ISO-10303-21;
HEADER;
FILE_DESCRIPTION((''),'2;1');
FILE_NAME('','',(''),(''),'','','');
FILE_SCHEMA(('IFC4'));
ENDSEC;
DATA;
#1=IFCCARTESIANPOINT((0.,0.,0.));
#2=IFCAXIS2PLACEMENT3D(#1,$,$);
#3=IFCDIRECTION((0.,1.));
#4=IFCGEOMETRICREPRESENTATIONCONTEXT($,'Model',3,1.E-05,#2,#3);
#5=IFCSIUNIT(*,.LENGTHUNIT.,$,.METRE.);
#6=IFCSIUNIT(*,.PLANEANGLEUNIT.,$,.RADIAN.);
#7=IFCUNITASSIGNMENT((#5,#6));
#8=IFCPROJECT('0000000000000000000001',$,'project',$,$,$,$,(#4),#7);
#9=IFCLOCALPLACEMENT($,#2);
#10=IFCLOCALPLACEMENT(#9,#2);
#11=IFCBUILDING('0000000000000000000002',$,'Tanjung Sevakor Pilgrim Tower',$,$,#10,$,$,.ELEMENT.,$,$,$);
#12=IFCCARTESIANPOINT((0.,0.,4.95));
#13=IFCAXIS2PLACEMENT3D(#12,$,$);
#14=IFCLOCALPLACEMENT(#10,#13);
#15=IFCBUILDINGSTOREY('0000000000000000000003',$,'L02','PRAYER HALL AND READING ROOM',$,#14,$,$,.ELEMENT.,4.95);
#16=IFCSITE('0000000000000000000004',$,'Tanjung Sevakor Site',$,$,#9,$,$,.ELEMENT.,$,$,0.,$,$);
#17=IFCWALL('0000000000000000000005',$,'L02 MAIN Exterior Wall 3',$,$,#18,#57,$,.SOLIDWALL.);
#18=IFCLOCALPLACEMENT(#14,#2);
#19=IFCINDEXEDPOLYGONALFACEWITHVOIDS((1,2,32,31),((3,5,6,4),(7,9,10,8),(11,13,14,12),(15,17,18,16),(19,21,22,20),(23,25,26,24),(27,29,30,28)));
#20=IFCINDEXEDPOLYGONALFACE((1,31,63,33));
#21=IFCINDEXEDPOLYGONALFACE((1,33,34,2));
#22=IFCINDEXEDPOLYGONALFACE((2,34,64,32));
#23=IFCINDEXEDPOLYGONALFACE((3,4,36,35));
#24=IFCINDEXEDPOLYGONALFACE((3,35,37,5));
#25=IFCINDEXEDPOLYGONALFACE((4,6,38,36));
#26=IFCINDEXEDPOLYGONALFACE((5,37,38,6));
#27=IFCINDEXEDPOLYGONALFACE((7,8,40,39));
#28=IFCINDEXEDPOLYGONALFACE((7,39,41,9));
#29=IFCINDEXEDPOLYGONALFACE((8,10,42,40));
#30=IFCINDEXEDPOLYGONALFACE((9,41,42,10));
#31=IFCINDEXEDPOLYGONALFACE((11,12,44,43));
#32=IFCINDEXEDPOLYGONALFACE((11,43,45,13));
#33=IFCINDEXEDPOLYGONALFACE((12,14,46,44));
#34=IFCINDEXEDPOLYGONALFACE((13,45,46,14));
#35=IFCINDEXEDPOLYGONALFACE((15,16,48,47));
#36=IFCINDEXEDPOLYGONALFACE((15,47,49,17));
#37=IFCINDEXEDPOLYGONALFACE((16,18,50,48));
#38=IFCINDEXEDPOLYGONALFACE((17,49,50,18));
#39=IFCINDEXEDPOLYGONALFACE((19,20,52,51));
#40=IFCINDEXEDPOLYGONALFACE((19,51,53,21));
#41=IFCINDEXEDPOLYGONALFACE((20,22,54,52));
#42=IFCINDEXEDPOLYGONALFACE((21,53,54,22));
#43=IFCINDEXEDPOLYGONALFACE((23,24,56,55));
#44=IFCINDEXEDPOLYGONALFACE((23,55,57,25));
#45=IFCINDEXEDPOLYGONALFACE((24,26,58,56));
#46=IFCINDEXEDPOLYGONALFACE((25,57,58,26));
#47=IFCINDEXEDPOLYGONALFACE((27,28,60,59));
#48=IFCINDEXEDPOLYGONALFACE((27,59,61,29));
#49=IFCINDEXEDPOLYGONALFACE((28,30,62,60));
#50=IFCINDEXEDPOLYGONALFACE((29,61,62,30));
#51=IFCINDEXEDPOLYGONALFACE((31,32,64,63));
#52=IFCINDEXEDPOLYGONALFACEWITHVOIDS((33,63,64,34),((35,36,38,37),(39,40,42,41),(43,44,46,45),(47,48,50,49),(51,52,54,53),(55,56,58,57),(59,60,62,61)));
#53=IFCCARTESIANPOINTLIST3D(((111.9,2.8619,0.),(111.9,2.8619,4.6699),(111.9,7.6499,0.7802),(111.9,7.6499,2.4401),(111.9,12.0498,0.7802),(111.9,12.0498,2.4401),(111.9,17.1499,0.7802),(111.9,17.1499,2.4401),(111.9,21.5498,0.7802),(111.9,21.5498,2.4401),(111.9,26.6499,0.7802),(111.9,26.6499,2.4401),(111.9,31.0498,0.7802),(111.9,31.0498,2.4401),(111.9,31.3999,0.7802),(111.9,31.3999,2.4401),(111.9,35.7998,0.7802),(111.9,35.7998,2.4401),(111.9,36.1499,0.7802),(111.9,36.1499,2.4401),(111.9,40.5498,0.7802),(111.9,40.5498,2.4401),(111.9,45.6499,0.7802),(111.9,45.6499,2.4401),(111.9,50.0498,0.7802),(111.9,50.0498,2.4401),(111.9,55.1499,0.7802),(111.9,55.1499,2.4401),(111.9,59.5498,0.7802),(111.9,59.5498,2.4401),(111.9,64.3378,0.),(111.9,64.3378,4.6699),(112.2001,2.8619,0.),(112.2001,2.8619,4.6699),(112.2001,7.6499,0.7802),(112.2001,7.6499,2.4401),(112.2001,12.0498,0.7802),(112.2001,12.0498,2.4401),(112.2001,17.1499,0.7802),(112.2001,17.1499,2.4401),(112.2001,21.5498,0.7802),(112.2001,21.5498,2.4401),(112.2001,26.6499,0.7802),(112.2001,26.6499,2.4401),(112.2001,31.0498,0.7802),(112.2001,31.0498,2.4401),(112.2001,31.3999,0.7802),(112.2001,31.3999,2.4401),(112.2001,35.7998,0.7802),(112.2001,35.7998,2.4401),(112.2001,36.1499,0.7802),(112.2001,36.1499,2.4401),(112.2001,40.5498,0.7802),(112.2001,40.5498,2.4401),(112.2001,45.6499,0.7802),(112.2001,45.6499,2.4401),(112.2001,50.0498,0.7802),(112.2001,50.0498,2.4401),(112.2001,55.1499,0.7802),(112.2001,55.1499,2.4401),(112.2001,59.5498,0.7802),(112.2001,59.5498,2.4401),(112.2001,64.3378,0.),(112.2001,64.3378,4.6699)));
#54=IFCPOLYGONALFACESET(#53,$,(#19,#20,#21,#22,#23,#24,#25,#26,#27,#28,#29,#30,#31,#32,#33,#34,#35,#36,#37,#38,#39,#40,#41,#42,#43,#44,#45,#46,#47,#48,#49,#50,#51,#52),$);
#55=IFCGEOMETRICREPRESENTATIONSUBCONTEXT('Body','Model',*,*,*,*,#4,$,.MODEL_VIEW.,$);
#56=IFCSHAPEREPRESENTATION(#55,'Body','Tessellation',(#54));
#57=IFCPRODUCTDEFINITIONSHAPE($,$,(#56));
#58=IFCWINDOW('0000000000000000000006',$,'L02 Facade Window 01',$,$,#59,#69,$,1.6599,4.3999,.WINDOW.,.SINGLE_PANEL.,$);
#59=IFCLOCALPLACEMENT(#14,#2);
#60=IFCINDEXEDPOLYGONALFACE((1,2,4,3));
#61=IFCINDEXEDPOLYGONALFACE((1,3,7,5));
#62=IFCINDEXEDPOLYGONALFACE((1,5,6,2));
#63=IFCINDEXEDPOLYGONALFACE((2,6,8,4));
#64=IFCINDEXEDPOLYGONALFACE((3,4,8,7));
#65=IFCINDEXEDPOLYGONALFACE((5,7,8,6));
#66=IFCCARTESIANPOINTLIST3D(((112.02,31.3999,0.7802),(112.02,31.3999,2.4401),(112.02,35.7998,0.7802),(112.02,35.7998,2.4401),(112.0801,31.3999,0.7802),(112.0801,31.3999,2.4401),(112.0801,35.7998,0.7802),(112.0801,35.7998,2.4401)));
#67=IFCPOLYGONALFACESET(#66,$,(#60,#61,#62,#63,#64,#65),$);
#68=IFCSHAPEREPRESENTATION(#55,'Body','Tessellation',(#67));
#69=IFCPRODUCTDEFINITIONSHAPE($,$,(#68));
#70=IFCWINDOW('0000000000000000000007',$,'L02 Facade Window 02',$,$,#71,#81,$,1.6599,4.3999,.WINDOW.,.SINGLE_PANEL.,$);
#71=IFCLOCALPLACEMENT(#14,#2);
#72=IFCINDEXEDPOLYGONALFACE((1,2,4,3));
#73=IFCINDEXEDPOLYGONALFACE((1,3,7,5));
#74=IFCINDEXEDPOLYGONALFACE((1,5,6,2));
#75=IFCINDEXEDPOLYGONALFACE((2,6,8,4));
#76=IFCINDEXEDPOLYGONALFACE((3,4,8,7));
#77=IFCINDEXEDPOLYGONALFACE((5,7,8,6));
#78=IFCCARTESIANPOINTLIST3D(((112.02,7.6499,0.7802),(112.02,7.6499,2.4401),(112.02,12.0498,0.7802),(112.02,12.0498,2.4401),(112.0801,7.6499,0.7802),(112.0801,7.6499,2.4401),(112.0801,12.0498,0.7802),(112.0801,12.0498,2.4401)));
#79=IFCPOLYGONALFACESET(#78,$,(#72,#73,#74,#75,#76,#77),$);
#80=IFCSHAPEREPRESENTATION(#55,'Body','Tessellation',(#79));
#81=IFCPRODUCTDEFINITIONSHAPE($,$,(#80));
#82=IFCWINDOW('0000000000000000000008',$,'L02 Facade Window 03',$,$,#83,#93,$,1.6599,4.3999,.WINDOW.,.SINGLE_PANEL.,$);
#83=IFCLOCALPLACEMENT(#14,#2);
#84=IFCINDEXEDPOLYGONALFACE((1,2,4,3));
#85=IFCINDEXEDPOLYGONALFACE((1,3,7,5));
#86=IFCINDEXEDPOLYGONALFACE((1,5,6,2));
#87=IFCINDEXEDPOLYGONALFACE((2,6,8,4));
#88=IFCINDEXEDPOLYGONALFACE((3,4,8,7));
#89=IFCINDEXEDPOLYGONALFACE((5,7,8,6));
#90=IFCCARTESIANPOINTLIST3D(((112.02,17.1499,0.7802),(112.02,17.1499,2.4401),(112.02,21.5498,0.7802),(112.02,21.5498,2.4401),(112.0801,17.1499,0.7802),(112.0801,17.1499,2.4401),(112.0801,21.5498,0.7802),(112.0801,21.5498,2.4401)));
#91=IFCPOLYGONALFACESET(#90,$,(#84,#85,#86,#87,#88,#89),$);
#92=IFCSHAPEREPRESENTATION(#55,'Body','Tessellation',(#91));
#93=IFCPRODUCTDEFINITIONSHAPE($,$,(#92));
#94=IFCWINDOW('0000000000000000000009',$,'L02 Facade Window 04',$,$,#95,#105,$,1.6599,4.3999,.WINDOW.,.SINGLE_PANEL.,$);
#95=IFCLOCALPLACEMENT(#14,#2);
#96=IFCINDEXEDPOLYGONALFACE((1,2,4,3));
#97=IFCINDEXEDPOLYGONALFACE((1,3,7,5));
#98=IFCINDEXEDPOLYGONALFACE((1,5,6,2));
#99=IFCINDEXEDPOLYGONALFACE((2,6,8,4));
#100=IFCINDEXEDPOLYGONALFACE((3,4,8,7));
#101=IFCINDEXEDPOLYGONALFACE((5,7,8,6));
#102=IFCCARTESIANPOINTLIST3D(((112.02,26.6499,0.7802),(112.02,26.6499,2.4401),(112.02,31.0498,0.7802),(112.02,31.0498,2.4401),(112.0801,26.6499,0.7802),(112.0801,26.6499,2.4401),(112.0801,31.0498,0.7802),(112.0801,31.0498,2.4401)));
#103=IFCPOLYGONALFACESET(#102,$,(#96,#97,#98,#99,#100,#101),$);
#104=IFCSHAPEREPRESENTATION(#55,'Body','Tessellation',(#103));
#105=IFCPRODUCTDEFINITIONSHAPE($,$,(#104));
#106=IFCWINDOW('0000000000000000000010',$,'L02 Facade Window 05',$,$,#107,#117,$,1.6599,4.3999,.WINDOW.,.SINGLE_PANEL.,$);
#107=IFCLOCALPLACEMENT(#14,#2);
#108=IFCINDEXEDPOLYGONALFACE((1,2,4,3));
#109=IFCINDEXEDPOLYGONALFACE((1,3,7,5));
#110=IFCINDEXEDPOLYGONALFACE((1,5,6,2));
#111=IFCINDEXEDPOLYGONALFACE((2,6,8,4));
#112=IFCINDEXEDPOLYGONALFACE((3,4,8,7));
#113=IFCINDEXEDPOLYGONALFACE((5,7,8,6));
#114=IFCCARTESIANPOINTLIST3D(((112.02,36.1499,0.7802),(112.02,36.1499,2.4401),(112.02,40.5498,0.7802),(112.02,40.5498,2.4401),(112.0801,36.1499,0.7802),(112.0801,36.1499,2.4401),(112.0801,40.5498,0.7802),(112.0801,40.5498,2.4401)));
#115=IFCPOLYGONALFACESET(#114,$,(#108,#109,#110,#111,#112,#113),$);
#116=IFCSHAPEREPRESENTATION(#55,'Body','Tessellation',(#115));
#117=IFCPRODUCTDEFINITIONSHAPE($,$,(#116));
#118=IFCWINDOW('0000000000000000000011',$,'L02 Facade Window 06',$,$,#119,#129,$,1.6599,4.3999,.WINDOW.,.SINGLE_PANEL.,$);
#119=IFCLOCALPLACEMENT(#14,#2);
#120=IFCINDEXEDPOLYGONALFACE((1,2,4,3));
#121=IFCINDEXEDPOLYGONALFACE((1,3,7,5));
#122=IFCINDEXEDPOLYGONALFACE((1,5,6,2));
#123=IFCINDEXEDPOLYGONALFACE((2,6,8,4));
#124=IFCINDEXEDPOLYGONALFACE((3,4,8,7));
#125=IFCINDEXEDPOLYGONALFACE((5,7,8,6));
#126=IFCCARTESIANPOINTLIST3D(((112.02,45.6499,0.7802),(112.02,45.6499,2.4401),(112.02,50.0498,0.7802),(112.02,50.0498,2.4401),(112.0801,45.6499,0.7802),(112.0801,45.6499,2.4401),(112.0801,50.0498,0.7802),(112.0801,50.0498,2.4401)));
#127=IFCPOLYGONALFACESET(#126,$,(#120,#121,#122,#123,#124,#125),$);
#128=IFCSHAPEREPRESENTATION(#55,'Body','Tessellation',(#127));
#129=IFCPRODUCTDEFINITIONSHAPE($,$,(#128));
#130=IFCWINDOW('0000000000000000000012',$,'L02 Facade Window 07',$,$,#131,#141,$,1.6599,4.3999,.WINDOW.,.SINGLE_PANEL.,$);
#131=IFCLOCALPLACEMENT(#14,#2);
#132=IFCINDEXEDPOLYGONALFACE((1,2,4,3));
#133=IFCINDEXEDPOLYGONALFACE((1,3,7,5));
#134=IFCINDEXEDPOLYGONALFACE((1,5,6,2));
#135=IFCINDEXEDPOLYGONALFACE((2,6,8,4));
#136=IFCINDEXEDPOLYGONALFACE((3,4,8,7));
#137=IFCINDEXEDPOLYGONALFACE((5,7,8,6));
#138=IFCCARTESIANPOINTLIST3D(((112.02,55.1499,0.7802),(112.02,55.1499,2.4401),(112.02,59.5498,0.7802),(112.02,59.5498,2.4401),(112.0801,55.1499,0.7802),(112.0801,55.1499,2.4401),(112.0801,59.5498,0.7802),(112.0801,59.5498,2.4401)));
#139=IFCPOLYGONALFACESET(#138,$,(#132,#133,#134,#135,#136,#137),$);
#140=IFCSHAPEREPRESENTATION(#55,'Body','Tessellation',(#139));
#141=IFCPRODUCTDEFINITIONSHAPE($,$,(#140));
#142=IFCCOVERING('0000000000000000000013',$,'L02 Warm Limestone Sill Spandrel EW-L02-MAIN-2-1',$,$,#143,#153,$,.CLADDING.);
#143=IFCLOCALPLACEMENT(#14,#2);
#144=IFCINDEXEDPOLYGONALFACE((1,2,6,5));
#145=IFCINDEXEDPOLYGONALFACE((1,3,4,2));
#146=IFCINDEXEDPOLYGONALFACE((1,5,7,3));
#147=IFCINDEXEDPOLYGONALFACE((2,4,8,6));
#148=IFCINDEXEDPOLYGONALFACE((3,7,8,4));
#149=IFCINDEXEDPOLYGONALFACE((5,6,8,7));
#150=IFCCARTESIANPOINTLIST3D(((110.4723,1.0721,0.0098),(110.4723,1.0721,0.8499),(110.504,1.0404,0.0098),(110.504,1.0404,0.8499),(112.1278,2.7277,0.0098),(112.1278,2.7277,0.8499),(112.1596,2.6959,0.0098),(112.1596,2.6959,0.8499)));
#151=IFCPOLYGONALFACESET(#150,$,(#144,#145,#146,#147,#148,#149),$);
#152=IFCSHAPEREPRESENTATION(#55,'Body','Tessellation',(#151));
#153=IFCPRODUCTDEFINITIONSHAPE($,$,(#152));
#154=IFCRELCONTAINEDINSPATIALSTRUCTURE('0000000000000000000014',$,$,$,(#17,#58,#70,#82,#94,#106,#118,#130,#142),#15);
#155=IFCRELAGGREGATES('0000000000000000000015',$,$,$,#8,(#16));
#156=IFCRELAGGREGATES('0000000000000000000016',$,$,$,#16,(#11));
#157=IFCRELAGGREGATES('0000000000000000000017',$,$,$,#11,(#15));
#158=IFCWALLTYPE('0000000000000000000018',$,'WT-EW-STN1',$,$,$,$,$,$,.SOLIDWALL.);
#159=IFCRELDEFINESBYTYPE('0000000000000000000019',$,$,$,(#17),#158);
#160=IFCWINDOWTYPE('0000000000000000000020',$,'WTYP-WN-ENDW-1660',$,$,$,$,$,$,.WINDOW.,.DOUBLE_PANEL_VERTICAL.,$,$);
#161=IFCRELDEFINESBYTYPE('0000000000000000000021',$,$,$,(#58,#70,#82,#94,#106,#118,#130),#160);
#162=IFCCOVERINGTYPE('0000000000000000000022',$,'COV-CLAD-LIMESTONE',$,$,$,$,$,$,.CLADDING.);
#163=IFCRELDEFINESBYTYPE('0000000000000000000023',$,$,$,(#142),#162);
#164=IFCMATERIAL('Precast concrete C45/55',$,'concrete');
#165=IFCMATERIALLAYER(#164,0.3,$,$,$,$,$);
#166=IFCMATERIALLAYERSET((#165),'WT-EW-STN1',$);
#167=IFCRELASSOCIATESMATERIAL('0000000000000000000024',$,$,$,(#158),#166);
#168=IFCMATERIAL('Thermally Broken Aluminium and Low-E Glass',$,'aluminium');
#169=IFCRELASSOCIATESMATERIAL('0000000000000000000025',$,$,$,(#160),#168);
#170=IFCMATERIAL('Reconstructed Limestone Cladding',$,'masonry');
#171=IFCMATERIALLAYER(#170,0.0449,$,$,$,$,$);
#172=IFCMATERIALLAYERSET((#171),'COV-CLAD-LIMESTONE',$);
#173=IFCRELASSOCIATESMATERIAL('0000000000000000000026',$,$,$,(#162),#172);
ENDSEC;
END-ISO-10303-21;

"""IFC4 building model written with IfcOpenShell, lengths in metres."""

from ifc_helpers import new_model, si_unit, direction, frame, frame_2d, origin, origin_2d, place, context, subcontext, project, spatial, rectangle, extrude, material, layer, layer_set, type_object, element, fill, save


model = new_model("IFC4")

# Units and contexts
model_context = context("Model", 3, precision=1e-05, world=origin(), true_north=direction((0.0, 1.0)))
body_context = subcontext(model_context, "Body", "Model", "MODEL_VIEW")
ifc_project = project(units=[si_unit("LENGTHUNIT", "METRE"), si_unit("PLANEANGLEUNIT", "RADIAN")], contexts=[model_context])

# Site, building, storey
site_placement = place(None, origin())
site = spatial("IfcSite", under=ifc_project, at=site_placement, Name="Tanjung Sevakor Site", CompositionType="ELEMENT", RefElevation=0.0)
building_placement = place(site_placement, origin())
building = spatial("IfcBuilding", under=site, at=building_placement, Name="Tanjung Sevakor Pilgrim Tower", CompositionType="ELEMENT")
storey_placement = place(building_placement, frame((0.0, 0.0, 4.95)))
storey = spatial("IfcBuildingStorey", under=building, at=storey_placement, Name="L02", Description="PRAYER HALL AND READING ROOM", CompositionType="ELEMENT", Elevation=4.95)

# Shared definitions
ifc_material_1 = material(Name="Precast concrete C45/55", Category="concrete")
ifc_layer_1 = layer(ifc_material_1, 0.3)
ifc_layer_set_1 = layer_set([ifc_layer_1], Name="WT-EW-STN1")
wall_type_1 = type_object("IfcWallType", Name="WT-EW-STN1", PredefinedType="SOLIDWALL", material=ifc_layer_set_1)

# Wall, openings, windows
wall_1_placement = place(storey_placement, frame((112.05, 2.8621, 0.0), z_axis=(0.0, 0.0, 1.0), x_axis=(0.0, 1.0, 0.0)))
wall_1 = element("IfcWall", 1, at=wall_1_placement, inside=storey, type_object=wall_type_1, Name="L02 MAIN Exterior Wall 3", PredefinedType="SOLIDWALL", context=body_context, shape_type="SweptSolid", body=[
    extrude(rectangle(XDim=61.4758, YDim=0.3, at=frame_2d((30.7378, 0.0))), origin(), (0.0, 0.0, 1.0), 4.6699),
])
opening_1_placement = place(wall_1_placement, frame((28.5378, 0.0, 0.78)))
opening_1 = element("IfcOpeningElement", 2, at=opening_1_placement, cuts=wall_1, PredefinedType="OPENING", context=body_context, shape_type="SweptSolid", body=[
    extrude(rectangle(XDim=4.3999, YDim=1.6599, at=frame_2d((2.2, 0.8301))), frame((0.0, 0.1599, 0.0), z_axis=(0.0, -1.0, 0.0), x_axis=(1.0, 0.0, 0.0)), (0.0, 0.0, 1.0), 0.3201),
])
opening_2_placement = place(wall_1_placement, frame((4.7878, 0.0, 0.78)))
opening_2 = element("IfcOpeningElement", 3, at=opening_2_placement, cuts=wall_1, PredefinedType="OPENING", context=body_context, shape_type="SweptSolid", body=[
    extrude(rectangle(XDim=4.3999, YDim=1.6599, at=frame_2d((2.2, 0.8301))), frame((0.0, 0.1599, 0.0), z_axis=(0.0, -1.0, 0.0), x_axis=(1.0, 0.0, 0.0)), (0.0, 0.0, 1.0), 0.3201),
])
opening_3_placement = place(wall_1_placement, frame((14.2878, 0.0, 0.78)))
opening_3 = element("IfcOpeningElement", 4, at=opening_3_placement, cuts=wall_1, PredefinedType="OPENING", context=body_context, shape_type="SweptSolid", body=[
    extrude(rectangle(XDim=4.3999, YDim=1.6599, at=frame_2d((2.2, 0.8301))), frame((0.0, 0.1599, 0.0), z_axis=(0.0, -1.0, 0.0), x_axis=(1.0, 0.0, 0.0)), (0.0, 0.0, 1.0), 0.3201),
])
opening_4_placement = place(wall_1_placement, frame((23.7878, 0.0, 0.78)))
opening_4 = element("IfcOpeningElement", 5, at=opening_4_placement, cuts=wall_1, PredefinedType="OPENING", context=body_context, shape_type="SweptSolid", body=[
    extrude(rectangle(XDim=4.3999, YDim=1.6599, at=frame_2d((2.2, 0.8301))), frame((0.0, 0.1599, 0.0), z_axis=(0.0, -1.0, 0.0), x_axis=(1.0, 0.0, 0.0)), (0.0, 0.0, 1.0), 0.3201),
])
opening_5_placement = place(wall_1_placement, frame((33.2878, 0.0, 0.78)))
opening_5 = element("IfcOpeningElement", 6, at=opening_5_placement, cuts=wall_1, PredefinedType="OPENING", context=body_context, shape_type="SweptSolid", body=[
    extrude(rectangle(XDim=4.3999, YDim=1.6599, at=frame_2d((2.2, 0.8301))), frame((0.0, 0.1599, 0.0), z_axis=(0.0, -1.0, 0.0), x_axis=(1.0, 0.0, 0.0)), (0.0, 0.0, 1.0), 0.3201),
])
opening_6_placement = place(wall_1_placement, frame((42.7878, 0.0, 0.78)))
opening_6 = element("IfcOpeningElement", 7, at=opening_6_placement, cuts=wall_1, PredefinedType="OPENING", context=body_context, shape_type="SweptSolid", body=[
    extrude(rectangle(XDim=4.3999, YDim=1.6599, at=frame_2d((2.2, 0.8301))), frame((0.0, 0.1599, 0.0), z_axis=(0.0, -1.0, 0.0), x_axis=(1.0, 0.0, 0.0)), (0.0, 0.0, 1.0), 0.3201),
])
opening_7_placement = place(wall_1_placement, frame((52.2878, 0.0, 0.78)))
opening_7 = element("IfcOpeningElement", 8, at=opening_7_placement, cuts=wall_1, PredefinedType="OPENING", context=body_context, shape_type="SweptSolid", body=[
    extrude(rectangle(XDim=4.3999, YDim=1.6599, at=frame_2d((2.2, 0.8301))), frame((0.0, 0.1599, 0.0), z_axis=(0.0, -1.0, 0.0), x_axis=(1.0, 0.0, 0.0)), (0.0, 0.0, 1.0), 0.3201),
])
ifc_material_2 = material(Name="Thermally Broken Aluminium and Low-E Glass", Category="aluminium")
window_type_1 = type_object("IfcWindowType", Name="WTYP-WN-ENDW-1660", PartitioningType="DOUBLE_PANEL_VERTICAL", PredefinedType="WINDOW", material=ifc_material_2)
window_1_placement = place(opening_1_placement, origin())
window_1 = element("IfcWindow", 9, at=window_1_placement, inside=storey, type_object=window_type_1, Name="L02 Facade Window 01", OverallHeight=1.6599, OverallWidth=4.3999, PartitioningType="SINGLE_PANEL", PredefinedType="WINDOW", context=body_context, shape_type="SweptSolid", body=[
    extrude(rectangle(XDim=4.3999, YDim=1.6599, at=frame_2d((2.2, 0.8301))), frame((0.0, 0.03, 0.0), z_axis=(0.0, -1.0, 0.0), x_axis=(1.0, 0.0, 0.0)), (0.0, 0.0, 1.0), 0.0601),
])
fill(opening_1, window_1)
window_2_placement = place(opening_2_placement, origin())
window_2 = element("IfcWindow", 10, at=window_2_placement, inside=storey, type_object=window_type_1, Name="L02 Facade Window 02", OverallHeight=1.6599, OverallWidth=4.3999, PartitioningType="SINGLE_PANEL", PredefinedType="WINDOW", context=body_context, shape_type="SweptSolid", body=[
    extrude(rectangle(XDim=4.3999, YDim=1.6599, at=frame_2d((2.2, 0.8301))), frame((0.0, 0.03, 0.0), z_axis=(0.0, -1.0, 0.0), x_axis=(1.0, 0.0, 0.0)), (0.0, 0.0, 1.0), 0.0601),
])
fill(opening_2, window_2)
window_3_placement = place(opening_3_placement, origin())
window_3 = element("IfcWindow", 11, at=window_3_placement, inside=storey, type_object=window_type_1, Name="L02 Facade Window 03", OverallHeight=1.6599, OverallWidth=4.3999, PartitioningType="SINGLE_PANEL", PredefinedType="WINDOW", context=body_context, shape_type="SweptSolid", body=[
    extrude(rectangle(XDim=4.3999, YDim=1.6599, at=frame_2d((2.2, 0.8301))), frame((0.0, 0.03, 0.0), z_axis=(0.0, -1.0, 0.0), x_axis=(1.0, 0.0, 0.0)), (0.0, 0.0, 1.0), 0.0601),
])
fill(opening_3, window_3)
window_4_placement = place(opening_4_placement, origin())
window_4 = element("IfcWindow", 12, at=window_4_placement, inside=storey, type_object=window_type_1, Name="L02 Facade Window 04", OverallHeight=1.6599, OverallWidth=4.3999, PartitioningType="SINGLE_PANEL", PredefinedType="WINDOW", context=body_context, shape_type="SweptSolid", body=[
    extrude(rectangle(XDim=4.3999, YDim=1.6599, at=frame_2d((2.2, 0.8301))), frame((0.0, 0.03, 0.0), z_axis=(0.0, -1.0, 0.0), x_axis=(1.0, 0.0, 0.0)), (0.0, 0.0, 1.0), 0.0601),
])
fill(opening_4, window_4)
window_5_placement = place(opening_5_placement, origin())
window_5 = element("IfcWindow", 13, at=window_5_placement, inside=storey, type_object=window_type_1, Name="L02 Facade Window 05", OverallHeight=1.6599, OverallWidth=4.3999, PartitioningType="SINGLE_PANEL", PredefinedType="WINDOW", context=body_context, shape_type="SweptSolid", body=[
    extrude(rectangle(XDim=4.3999, YDim=1.6599, at=frame_2d((2.2, 0.8301))), frame((0.0, 0.03, 0.0), z_axis=(0.0, -1.0, 0.0), x_axis=(1.0, 0.0, 0.0)), (0.0, 0.0, 1.0), 0.0601),
])
fill(opening_5, window_5)
window_6_placement = place(opening_6_placement, origin())
window_6 = element("IfcWindow", 14, at=window_6_placement, inside=storey, type_object=window_type_1, Name="L02 Facade Window 06", OverallHeight=1.6599, OverallWidth=4.3999, PartitioningType="SINGLE_PANEL", PredefinedType="WINDOW", context=body_context, shape_type="SweptSolid", body=[
    extrude(rectangle(XDim=4.3999, YDim=1.6599, at=frame_2d((2.2, 0.8301))), frame((0.0, 0.03, 0.0), z_axis=(0.0, -1.0, 0.0), x_axis=(1.0, 0.0, 0.0)), (0.0, 0.0, 1.0), 0.0601),
])
fill(opening_6, window_6)
window_7_placement = place(opening_7_placement, origin())
window_7 = element("IfcWindow", 15, at=window_7_placement, inside=storey, type_object=window_type_1, Name="L02 Facade Window 07", OverallHeight=1.6599, OverallWidth=4.3999, PartitioningType="SINGLE_PANEL", PredefinedType="WINDOW", context=body_context, shape_type="SweptSolid", body=[
    extrude(rectangle(XDim=4.3999, YDim=1.6599, at=frame_2d((2.2, 0.8301))), frame((0.0, 0.03, 0.0), z_axis=(0.0, -1.0, 0.0), x_axis=(1.0, 0.0, 0.0)), (0.0, 0.0, 1.0), 0.0601),
])
fill(opening_7, window_7)

# Covering
ifc_material_3 = material(Name="Reconstructed Limestone Cladding", Category="masonry")
ifc_layer_2 = layer(ifc_material_3, 0.0449)
ifc_layer_set_2 = layer_set([ifc_layer_2], Name="COV-CLAD-LIMESTONE")
covering_type = type_object("IfcCoveringType", Name="COV-CLAD-LIMESTONE", PredefinedType="CLADDING", material=ifc_layer_set_2)
covering_1_placement = place(storey_placement, frame((111.3159, 1.884, 0.0098), z_axis=(0.0, 0.0, 1.0), x_axis=(0.707107, 0.707107, 0.0)))
element("IfcCovering", 16, at=covering_1_placement, inside=storey, type_object=covering_type, Name="L02 Warm Limestone Sill Spandrel EW-L02-MAIN-2-1", PredefinedType="CLADDING", context=body_context, shape_type="SweptSolid", body=[
    extrude(rectangle(XDim=2.3413, YDim=0.0449, at=origin_2d()), origin(), (0.0, 0.0, 1.0), 0.8401),
])

save(model, "model.ifc")
